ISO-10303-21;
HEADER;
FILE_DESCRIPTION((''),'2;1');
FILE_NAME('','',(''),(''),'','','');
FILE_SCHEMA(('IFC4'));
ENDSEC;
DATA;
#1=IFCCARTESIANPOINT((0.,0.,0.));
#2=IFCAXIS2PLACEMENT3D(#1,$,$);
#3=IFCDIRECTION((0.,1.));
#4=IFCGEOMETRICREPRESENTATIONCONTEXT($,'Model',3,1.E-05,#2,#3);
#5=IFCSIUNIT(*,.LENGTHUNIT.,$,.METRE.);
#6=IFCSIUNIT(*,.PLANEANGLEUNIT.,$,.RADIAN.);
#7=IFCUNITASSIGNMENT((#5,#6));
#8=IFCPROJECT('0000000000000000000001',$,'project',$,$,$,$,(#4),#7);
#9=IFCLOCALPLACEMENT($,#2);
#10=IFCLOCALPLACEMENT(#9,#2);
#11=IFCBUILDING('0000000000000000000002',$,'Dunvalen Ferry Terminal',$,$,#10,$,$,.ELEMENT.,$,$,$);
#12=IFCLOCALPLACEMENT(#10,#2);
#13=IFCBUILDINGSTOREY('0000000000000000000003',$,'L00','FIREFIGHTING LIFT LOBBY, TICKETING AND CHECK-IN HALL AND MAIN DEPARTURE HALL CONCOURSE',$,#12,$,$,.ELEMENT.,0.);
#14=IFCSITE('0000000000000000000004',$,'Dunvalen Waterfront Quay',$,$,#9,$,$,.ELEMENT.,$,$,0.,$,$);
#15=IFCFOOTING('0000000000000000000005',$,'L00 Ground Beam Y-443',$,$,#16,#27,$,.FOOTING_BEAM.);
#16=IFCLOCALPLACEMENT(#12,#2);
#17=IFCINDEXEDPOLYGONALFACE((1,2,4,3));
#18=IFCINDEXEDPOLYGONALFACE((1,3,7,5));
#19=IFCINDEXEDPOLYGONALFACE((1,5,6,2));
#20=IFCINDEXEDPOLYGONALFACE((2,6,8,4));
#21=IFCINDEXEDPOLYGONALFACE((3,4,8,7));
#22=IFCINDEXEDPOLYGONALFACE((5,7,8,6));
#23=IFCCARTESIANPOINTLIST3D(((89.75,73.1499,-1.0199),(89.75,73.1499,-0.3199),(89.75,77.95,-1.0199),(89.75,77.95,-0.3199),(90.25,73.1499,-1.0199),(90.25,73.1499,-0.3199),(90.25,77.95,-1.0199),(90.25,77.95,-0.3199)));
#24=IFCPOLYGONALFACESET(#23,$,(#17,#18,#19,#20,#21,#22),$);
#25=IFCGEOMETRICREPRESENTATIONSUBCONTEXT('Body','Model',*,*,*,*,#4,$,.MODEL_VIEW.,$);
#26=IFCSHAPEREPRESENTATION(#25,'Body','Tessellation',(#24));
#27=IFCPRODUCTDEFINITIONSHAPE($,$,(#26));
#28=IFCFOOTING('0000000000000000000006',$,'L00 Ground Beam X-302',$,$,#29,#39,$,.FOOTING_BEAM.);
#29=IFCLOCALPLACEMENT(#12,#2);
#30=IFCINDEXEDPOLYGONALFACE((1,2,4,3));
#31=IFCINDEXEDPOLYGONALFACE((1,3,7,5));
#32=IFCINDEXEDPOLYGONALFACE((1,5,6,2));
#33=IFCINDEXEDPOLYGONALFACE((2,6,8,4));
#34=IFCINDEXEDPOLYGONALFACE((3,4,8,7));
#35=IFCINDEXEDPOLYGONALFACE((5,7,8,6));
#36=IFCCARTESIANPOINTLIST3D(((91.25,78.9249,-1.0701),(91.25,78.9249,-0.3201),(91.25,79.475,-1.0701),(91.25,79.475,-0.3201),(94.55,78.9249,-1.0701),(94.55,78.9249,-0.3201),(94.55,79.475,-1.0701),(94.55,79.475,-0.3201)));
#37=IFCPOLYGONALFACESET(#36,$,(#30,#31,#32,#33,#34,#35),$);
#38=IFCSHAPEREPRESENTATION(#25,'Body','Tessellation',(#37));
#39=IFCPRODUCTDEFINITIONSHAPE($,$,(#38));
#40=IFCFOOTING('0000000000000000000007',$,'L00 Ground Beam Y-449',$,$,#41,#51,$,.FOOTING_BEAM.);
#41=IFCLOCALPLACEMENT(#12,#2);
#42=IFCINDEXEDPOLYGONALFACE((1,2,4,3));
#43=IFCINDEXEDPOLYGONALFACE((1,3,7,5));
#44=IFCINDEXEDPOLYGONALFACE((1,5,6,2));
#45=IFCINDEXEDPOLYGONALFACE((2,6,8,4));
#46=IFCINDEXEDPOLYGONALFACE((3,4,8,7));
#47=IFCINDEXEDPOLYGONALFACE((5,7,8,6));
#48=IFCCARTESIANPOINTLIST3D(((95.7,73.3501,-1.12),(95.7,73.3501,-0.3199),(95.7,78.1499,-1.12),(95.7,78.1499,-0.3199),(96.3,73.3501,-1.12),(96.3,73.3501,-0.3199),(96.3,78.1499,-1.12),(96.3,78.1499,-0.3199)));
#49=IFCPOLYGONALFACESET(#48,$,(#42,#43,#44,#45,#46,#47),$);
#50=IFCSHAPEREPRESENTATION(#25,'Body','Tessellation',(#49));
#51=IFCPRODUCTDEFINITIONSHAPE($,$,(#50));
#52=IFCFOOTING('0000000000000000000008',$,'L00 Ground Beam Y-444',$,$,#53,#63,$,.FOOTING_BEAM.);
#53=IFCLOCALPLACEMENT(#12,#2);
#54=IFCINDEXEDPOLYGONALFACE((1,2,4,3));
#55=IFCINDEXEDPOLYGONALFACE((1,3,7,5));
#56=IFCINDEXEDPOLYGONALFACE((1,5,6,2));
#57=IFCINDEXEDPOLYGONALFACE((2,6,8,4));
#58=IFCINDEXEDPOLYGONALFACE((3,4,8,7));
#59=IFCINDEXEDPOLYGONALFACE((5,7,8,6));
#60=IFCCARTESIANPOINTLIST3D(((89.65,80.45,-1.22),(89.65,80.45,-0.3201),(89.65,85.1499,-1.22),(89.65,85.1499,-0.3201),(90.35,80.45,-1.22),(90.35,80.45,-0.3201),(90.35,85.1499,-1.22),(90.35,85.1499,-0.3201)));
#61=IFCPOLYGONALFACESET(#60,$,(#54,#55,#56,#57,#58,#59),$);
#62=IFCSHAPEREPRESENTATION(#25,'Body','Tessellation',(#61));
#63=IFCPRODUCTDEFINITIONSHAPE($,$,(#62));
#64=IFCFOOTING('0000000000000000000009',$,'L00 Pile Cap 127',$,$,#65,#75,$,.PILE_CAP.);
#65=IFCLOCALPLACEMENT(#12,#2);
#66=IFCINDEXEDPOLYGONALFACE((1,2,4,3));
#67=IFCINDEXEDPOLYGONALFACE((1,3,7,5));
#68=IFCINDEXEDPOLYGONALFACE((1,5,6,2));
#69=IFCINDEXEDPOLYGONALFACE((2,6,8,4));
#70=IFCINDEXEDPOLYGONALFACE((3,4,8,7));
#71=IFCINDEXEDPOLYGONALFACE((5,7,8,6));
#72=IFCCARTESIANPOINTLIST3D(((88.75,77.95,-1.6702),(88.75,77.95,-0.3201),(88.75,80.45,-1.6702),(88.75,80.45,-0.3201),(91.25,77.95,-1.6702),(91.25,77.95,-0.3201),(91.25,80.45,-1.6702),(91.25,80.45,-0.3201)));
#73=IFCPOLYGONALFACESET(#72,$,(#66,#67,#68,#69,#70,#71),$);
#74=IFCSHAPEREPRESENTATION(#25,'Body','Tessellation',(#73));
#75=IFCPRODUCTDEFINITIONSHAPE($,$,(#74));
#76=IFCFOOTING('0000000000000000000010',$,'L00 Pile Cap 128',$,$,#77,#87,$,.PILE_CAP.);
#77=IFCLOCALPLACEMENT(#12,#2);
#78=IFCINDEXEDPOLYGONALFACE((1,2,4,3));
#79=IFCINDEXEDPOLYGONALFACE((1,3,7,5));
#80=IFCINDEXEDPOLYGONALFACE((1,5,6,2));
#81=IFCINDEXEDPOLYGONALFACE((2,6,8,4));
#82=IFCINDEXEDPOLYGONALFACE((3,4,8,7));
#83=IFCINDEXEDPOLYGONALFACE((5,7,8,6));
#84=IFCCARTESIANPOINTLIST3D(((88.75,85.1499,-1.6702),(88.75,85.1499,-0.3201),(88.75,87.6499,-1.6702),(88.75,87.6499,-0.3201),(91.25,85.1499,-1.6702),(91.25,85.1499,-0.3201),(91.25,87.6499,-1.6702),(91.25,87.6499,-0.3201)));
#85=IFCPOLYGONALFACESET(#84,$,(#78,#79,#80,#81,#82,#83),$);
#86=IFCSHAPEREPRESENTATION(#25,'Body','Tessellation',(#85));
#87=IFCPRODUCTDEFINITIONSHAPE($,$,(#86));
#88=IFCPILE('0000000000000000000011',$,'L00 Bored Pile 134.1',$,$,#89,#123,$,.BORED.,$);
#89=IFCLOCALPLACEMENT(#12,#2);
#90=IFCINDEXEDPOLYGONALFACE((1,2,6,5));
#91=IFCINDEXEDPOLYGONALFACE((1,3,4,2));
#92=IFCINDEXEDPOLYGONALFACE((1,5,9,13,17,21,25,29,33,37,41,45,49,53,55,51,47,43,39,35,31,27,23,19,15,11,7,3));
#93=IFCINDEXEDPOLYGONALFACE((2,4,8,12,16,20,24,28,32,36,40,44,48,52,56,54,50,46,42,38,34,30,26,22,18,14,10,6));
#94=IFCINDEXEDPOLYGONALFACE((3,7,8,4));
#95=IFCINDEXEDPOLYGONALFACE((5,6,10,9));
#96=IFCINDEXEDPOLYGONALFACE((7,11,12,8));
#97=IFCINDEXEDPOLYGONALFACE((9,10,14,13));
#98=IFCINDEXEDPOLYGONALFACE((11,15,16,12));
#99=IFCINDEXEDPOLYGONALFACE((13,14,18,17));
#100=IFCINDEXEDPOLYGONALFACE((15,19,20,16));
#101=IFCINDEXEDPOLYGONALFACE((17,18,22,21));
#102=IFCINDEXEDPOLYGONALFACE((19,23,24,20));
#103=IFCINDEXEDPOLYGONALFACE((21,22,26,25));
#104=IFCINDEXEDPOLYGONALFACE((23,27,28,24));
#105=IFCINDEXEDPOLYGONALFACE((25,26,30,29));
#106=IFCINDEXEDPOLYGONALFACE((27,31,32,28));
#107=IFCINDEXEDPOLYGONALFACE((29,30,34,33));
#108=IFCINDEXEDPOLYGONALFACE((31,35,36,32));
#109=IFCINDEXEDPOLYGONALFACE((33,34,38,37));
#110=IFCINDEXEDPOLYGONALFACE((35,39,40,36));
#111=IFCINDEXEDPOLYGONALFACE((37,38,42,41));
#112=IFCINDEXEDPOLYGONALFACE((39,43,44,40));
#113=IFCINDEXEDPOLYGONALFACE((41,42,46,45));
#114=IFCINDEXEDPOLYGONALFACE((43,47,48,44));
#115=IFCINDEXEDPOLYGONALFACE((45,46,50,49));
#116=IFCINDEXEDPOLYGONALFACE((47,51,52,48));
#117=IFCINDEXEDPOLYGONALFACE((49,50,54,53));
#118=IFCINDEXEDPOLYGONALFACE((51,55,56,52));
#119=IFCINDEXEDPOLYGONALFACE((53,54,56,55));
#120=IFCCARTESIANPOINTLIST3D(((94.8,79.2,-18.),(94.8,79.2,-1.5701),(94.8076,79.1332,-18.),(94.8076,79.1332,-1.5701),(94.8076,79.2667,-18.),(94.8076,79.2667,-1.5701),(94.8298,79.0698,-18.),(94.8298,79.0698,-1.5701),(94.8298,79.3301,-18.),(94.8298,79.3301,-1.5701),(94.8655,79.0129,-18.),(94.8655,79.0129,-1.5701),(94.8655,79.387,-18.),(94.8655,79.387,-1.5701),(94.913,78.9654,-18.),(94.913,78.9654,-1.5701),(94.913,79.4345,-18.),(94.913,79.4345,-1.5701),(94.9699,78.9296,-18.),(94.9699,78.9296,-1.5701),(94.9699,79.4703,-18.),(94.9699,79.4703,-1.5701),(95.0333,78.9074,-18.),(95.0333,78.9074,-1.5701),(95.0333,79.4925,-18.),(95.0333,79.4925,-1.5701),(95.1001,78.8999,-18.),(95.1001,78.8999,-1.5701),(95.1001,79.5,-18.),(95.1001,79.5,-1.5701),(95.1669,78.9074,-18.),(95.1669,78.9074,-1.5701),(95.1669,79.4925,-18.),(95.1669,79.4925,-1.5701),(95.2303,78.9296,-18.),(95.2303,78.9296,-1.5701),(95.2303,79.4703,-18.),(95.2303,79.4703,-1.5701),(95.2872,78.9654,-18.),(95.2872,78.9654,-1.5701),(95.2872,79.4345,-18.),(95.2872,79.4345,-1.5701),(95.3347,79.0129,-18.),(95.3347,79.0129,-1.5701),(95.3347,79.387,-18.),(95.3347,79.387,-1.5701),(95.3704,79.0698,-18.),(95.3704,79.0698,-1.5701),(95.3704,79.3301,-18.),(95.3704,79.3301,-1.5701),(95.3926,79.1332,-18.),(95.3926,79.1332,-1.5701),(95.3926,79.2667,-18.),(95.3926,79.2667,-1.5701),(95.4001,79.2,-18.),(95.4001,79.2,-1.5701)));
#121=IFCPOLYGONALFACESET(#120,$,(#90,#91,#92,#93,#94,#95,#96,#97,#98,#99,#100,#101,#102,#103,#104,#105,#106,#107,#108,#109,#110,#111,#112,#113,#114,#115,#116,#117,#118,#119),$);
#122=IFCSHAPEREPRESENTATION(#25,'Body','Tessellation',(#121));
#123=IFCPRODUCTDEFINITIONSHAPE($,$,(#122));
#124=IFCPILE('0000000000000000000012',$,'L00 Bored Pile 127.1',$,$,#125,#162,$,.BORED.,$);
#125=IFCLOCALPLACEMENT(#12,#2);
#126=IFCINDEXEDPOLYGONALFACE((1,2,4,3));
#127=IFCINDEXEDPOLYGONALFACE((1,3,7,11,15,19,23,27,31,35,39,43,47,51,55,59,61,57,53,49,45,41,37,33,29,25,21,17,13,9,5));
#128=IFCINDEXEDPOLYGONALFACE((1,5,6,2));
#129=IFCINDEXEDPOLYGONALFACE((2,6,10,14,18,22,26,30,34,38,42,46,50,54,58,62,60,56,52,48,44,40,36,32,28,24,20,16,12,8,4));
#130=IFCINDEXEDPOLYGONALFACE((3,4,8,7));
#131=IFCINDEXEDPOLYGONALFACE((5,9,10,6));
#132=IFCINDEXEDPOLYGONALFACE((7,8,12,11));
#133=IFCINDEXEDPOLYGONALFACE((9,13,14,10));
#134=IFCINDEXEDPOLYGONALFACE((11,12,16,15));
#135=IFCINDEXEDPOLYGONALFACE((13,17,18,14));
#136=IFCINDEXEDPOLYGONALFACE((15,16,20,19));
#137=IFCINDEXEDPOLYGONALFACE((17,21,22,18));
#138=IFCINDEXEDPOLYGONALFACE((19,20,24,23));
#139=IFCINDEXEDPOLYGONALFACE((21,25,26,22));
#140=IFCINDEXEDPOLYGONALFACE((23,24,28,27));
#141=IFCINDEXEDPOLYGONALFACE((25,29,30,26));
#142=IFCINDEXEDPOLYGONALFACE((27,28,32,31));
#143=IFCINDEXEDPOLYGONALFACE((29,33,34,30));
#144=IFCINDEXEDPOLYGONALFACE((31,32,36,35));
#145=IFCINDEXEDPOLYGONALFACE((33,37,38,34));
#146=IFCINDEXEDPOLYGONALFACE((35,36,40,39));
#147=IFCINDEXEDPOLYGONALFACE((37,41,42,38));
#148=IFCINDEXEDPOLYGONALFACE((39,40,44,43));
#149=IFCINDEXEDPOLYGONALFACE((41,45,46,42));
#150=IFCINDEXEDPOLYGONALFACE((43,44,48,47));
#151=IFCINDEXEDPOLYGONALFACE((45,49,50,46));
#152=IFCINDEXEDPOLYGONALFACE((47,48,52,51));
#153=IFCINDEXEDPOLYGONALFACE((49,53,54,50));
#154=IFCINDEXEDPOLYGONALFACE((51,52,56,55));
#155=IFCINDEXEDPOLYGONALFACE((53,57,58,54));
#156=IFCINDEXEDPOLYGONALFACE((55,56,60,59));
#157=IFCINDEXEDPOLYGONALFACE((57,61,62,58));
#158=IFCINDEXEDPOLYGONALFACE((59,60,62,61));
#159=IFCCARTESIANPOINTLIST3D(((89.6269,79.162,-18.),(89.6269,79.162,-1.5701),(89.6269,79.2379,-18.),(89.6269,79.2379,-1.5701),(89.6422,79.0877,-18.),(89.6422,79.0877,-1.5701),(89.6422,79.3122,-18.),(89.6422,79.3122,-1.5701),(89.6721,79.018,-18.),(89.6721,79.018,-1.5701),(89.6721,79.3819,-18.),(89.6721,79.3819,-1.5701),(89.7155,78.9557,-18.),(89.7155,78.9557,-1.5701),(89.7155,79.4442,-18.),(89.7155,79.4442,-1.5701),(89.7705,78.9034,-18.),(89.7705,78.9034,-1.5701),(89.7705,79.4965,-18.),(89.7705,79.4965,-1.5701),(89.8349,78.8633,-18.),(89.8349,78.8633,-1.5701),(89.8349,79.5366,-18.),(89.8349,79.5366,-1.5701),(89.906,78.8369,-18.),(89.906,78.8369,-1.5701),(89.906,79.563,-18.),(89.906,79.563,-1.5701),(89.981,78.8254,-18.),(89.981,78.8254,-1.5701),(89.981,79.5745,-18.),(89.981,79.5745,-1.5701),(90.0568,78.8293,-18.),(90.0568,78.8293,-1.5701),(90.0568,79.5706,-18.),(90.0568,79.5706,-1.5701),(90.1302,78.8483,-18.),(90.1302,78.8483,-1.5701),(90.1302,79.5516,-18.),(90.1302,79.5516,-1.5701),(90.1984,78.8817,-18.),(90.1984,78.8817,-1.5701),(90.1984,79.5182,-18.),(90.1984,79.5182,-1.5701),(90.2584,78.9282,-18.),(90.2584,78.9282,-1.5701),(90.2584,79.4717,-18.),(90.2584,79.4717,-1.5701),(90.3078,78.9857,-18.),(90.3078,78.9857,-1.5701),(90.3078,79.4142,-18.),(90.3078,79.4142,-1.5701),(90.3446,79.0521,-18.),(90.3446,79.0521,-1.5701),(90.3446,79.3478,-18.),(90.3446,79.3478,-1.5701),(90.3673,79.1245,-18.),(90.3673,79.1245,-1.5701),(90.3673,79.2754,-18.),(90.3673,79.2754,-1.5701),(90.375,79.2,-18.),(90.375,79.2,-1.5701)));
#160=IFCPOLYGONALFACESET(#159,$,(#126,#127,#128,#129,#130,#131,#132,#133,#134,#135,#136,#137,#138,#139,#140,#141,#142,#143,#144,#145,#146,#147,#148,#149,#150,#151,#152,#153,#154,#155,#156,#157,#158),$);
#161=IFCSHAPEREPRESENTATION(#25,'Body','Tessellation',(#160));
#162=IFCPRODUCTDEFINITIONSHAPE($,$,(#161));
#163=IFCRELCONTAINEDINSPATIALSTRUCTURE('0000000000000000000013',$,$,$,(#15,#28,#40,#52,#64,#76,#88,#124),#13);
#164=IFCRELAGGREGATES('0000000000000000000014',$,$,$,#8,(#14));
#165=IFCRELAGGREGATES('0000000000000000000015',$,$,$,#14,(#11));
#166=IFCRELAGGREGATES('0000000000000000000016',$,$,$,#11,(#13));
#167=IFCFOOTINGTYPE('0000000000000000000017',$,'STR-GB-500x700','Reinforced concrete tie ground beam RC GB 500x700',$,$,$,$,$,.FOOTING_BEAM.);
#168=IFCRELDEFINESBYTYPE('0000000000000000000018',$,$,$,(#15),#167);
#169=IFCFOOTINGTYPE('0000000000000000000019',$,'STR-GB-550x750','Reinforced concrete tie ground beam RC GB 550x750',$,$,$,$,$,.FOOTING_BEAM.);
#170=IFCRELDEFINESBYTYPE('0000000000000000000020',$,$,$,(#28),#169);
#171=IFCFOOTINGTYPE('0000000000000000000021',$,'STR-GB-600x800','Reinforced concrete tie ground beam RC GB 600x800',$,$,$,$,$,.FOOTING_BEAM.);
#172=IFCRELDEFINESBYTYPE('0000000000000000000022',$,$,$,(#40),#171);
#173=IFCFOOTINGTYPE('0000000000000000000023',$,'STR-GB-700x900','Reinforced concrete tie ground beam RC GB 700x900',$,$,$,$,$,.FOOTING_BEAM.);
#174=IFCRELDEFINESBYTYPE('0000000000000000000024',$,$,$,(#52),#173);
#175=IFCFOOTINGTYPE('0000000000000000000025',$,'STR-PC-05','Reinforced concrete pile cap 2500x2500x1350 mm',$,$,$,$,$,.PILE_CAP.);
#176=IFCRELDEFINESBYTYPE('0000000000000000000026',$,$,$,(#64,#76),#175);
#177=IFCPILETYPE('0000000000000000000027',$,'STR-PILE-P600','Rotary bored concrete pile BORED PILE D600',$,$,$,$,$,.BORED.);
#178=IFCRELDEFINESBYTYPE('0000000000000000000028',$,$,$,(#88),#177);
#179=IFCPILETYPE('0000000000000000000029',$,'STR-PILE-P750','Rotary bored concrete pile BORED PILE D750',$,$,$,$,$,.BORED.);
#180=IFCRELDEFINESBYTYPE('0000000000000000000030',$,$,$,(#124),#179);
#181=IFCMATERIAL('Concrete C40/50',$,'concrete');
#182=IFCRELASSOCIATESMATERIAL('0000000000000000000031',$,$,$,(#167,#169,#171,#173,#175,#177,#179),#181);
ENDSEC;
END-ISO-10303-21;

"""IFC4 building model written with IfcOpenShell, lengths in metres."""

from ifc_helpers import new_model, si_unit, direction, frame, origin, origin_2d, place, context, subcontext, project, spatial, rectangle, circle, extrude, material, material_profile, profile_set, type_object, element, save


model = new_model("IFC4")

# Units and contexts
model_context = context("Model", 3, precision=1e-05, world=origin(), true_north=direction((0.0, 1.0)))
body_context = subcontext(model_context, "Body", "Model", "MODEL_VIEW")
ifc_project = project(units=[si_unit("LENGTHUNIT", "METRE"), si_unit("PLANEANGLEUNIT", "RADIAN")], contexts=[model_context])

# Site, building, storey
site_placement = place(None, origin())
site = spatial("IfcSite", under=ifc_project, at=site_placement, Name="Dunvalen Waterfront Quay", CompositionType="ELEMENT", RefElevation=0.0)
building_placement = place(site_placement, origin())
building = spatial("IfcBuilding", under=site, at=building_placement, Name="Dunvalen Ferry Terminal", CompositionType="ELEMENT")
storey_placement = place(building_placement, origin())
storey = spatial("IfcBuildingStorey", under=building, at=storey_placement, Name="L00", Description="FIREFIGHTING LIFT LOBBY, TICKETING AND CHECK-IN HALL AND MAIN DEPARTURE HALL CONCOURSE", CompositionType="ELEMENT", Elevation=0.0)

# Footings
ifc_material_1 = material(Name="Concrete C40/50", Category="concrete")
ifc_material_profile_1 = material_profile(ifc_material_1, rectangle(XDim=0.5, YDim=0.7, at=origin_2d()), Name="Concrete C40/50")
ifc_profile_set_1 = profile_set([ifc_material_profile_1], Name="Concrete C40/50")
footing_type_1 = type_object("IfcFootingType", Name="STR-GB-500x700", Description="Reinforced concrete tie ground beam RC GB 500x700", PredefinedType="FOOTING_BEAM", material=ifc_profile_set_1)
footing_1_placement = place(storey_placement, frame((90.0, 73.1499, -0.6699), z_axis=(0.0, 1.0, 0.0), x_axis=(-1.0, 0.0, 0.0)))
element("IfcFooting", 1, at=footing_1_placement, inside=storey, type_object=footing_type_1, Name="L00 Ground Beam Y-443", PredefinedType="FOOTING_BEAM", context=body_context, shape_type="SweptSolid", body=[
    extrude(rectangle(XDim=0.5, YDim=0.7, at=origin_2d()), origin(), (0.0, 0.0, 1.0), 4.8),
])
ifc_material_profile_2 = material_profile(ifc_material_1, rectangle(XDim=0.55, YDim=0.75, at=origin_2d()), Name="Concrete C40/50")
ifc_profile_set_2 = profile_set([ifc_material_profile_2], Name="Concrete C40/50")
footing_type_2 = type_object("IfcFootingType", Name="STR-GB-550x750", Description="Reinforced concrete tie ground beam RC GB 550x750", PredefinedType="FOOTING_BEAM", material=ifc_profile_set_2)
footing_2_placement = place(storey_placement, frame((91.25, 79.2, -0.6951), z_axis=(1.0, 0.0, 0.0), x_axis=(0.0, 1.0, 0.0)))
element("IfcFooting", 2, at=footing_2_placement, inside=storey, type_object=footing_type_2, Name="L00 Ground Beam X-302", PredefinedType="FOOTING_BEAM", context=body_context, shape_type="SweptSolid", body=[
    extrude(rectangle(XDim=0.55, YDim=0.75, at=origin_2d()), origin(), (0.0, 0.0, 1.0), 3.3),
])
ifc_material_profile_3 = material_profile(ifc_material_1, rectangle(XDim=0.6001, YDim=0.8, at=origin_2d()), Name="Concrete C40/50")
ifc_profile_set_3 = profile_set([ifc_material_profile_3], Name="Concrete C40/50")
footing_type_3 = type_object("IfcFootingType", Name="STR-GB-600x800", Description="Reinforced concrete tie ground beam RC GB 600x800", PredefinedType="FOOTING_BEAM", material=ifc_profile_set_3)
footing_3_placement = place(storey_placement, frame((96.0, 73.3501, -0.72), z_axis=(0.0, 1.0, 0.0), x_axis=(-1.0, 0.0, 0.0)))
element("IfcFooting", 3, at=footing_3_placement, inside=storey, type_object=footing_type_3, Name="L00 Ground Beam Y-449", PredefinedType="FOOTING_BEAM", context=body_context, shape_type="SweptSolid", body=[
    extrude(rectangle(XDim=0.6001, YDim=0.8, at=origin_2d()), origin(), (0.0, 0.0, 1.0), 4.7998),
])
ifc_material_profile_4 = material_profile(ifc_material_1, rectangle(XDim=0.7, YDim=0.8999, at=origin_2d()), Name="Concrete C40/50")
ifc_profile_set_4 = profile_set([ifc_material_profile_4], Name="Concrete C40/50")
footing_type_4 = type_object("IfcFootingType", Name="STR-GB-700x900", Description="Reinforced concrete tie ground beam RC GB 700x900", PredefinedType="FOOTING_BEAM", material=ifc_profile_set_4)
footing_4_placement = place(storey_placement, frame((90.0, 80.45, -0.77), z_axis=(0.0, 1.0, 0.0), x_axis=(-1.0, 0.0, 0.0)))
element("IfcFooting", 4, at=footing_4_placement, inside=storey, type_object=footing_type_4, Name="L00 Ground Beam Y-444", PredefinedType="FOOTING_BEAM", context=body_context, shape_type="SweptSolid", body=[
    extrude(rectangle(XDim=0.7, YDim=0.8999, at=origin_2d()), origin(), (0.0, 0.0, 1.0), 4.7),
])
footing_type_5 = type_object("IfcFootingType", Name="STR-PC-05", Description="Reinforced concrete pile cap 2500x2500x1350 mm", PredefinedType="PILE_CAP", material=ifc_material_1)
for number, where, z_axis, x_axis, name in (
    (5, (90.0, 79.2, -1.6702), (0.0, 0.0, 1.0), (1.0, 0.0, 0.0), "L00 Pile Cap 127"),
    (6, (90.0, 86.3999, -1.6702), (0.0, 0.0, 1.0), (1.0, 0.0, 0.0), "L00 Pile Cap 128"),
):
    element("IfcFooting", number, at=place(storey_placement, frame(where, z_axis=z_axis, x_axis=x_axis)), inside=storey, type_object=footing_type_5, Name=name, PredefinedType="PILE_CAP", context=body_context, shape_type="SweptSolid", body=[
        extrude(rectangle(XDim=2.5, YDim=2.5, at=origin_2d()), origin(), (0.0, 0.0, 1.0), 1.3501),
    ])

# Piles
ifc_material_profile_5 = material_profile(ifc_material_1, circle(Radius=0.3, at=origin_2d()), Name="Concrete C40/50")
ifc_profile_set_5 = profile_set([ifc_material_profile_5], Name="Concrete C40/50")
pile_type_1 = type_object("IfcPileType", Name="STR-PILE-P600", Description="Rotary bored concrete pile BORED PILE D600", PredefinedType="BORED", material=ifc_profile_set_5)
pile_1_placement = place(storey_placement, frame((95.1001, 79.2, -1.5701), z_axis=(0.0, 0.0, -1.0), x_axis=(1.0, 0.0, 0.0)))
element("IfcPile", 7, at=pile_1_placement, inside=storey, type_object=pile_type_1, Name="L00 Bored Pile 134.1", PredefinedType="BORED", context=body_context, shape_type="SweptSolid", body=[
    extrude(circle(Radius=0.3, at=origin_2d()), origin(), (0.0, 0.0, 1.0), 16.4299),
])
ifc_material_profile_6 = material_profile(ifc_material_1, circle(Radius=0.375, at=origin_2d()), Name="Concrete C40/50")
ifc_profile_set_6 = profile_set([ifc_material_profile_6], Name="Concrete C40/50")
pile_type_2 = type_object("IfcPileType", Name="STR-PILE-P750", Description="Rotary bored concrete pile BORED PILE D750", PredefinedType="BORED", material=ifc_profile_set_6)
for number, where, z_axis, x_axis, name in (
    (8, (90.0, 79.2, -1.5701), (0.0, 0.0, -1.0), (1.0, 0.0, 0.0), "L00 Bored Pile 127.1"),
):
    element("IfcPile", number, at=place(storey_placement, frame(where, z_axis=z_axis, x_axis=x_axis)), inside=storey, type_object=pile_type_2, Name=name, PredefinedType="BORED", context=body_context, shape_type="SweptSolid", body=[
        extrude(circle(Radius=0.375, at=origin_2d()), origin(), (0.0, 0.0, 1.0), 16.4299),
    ])

save(model, "model.ifc")
